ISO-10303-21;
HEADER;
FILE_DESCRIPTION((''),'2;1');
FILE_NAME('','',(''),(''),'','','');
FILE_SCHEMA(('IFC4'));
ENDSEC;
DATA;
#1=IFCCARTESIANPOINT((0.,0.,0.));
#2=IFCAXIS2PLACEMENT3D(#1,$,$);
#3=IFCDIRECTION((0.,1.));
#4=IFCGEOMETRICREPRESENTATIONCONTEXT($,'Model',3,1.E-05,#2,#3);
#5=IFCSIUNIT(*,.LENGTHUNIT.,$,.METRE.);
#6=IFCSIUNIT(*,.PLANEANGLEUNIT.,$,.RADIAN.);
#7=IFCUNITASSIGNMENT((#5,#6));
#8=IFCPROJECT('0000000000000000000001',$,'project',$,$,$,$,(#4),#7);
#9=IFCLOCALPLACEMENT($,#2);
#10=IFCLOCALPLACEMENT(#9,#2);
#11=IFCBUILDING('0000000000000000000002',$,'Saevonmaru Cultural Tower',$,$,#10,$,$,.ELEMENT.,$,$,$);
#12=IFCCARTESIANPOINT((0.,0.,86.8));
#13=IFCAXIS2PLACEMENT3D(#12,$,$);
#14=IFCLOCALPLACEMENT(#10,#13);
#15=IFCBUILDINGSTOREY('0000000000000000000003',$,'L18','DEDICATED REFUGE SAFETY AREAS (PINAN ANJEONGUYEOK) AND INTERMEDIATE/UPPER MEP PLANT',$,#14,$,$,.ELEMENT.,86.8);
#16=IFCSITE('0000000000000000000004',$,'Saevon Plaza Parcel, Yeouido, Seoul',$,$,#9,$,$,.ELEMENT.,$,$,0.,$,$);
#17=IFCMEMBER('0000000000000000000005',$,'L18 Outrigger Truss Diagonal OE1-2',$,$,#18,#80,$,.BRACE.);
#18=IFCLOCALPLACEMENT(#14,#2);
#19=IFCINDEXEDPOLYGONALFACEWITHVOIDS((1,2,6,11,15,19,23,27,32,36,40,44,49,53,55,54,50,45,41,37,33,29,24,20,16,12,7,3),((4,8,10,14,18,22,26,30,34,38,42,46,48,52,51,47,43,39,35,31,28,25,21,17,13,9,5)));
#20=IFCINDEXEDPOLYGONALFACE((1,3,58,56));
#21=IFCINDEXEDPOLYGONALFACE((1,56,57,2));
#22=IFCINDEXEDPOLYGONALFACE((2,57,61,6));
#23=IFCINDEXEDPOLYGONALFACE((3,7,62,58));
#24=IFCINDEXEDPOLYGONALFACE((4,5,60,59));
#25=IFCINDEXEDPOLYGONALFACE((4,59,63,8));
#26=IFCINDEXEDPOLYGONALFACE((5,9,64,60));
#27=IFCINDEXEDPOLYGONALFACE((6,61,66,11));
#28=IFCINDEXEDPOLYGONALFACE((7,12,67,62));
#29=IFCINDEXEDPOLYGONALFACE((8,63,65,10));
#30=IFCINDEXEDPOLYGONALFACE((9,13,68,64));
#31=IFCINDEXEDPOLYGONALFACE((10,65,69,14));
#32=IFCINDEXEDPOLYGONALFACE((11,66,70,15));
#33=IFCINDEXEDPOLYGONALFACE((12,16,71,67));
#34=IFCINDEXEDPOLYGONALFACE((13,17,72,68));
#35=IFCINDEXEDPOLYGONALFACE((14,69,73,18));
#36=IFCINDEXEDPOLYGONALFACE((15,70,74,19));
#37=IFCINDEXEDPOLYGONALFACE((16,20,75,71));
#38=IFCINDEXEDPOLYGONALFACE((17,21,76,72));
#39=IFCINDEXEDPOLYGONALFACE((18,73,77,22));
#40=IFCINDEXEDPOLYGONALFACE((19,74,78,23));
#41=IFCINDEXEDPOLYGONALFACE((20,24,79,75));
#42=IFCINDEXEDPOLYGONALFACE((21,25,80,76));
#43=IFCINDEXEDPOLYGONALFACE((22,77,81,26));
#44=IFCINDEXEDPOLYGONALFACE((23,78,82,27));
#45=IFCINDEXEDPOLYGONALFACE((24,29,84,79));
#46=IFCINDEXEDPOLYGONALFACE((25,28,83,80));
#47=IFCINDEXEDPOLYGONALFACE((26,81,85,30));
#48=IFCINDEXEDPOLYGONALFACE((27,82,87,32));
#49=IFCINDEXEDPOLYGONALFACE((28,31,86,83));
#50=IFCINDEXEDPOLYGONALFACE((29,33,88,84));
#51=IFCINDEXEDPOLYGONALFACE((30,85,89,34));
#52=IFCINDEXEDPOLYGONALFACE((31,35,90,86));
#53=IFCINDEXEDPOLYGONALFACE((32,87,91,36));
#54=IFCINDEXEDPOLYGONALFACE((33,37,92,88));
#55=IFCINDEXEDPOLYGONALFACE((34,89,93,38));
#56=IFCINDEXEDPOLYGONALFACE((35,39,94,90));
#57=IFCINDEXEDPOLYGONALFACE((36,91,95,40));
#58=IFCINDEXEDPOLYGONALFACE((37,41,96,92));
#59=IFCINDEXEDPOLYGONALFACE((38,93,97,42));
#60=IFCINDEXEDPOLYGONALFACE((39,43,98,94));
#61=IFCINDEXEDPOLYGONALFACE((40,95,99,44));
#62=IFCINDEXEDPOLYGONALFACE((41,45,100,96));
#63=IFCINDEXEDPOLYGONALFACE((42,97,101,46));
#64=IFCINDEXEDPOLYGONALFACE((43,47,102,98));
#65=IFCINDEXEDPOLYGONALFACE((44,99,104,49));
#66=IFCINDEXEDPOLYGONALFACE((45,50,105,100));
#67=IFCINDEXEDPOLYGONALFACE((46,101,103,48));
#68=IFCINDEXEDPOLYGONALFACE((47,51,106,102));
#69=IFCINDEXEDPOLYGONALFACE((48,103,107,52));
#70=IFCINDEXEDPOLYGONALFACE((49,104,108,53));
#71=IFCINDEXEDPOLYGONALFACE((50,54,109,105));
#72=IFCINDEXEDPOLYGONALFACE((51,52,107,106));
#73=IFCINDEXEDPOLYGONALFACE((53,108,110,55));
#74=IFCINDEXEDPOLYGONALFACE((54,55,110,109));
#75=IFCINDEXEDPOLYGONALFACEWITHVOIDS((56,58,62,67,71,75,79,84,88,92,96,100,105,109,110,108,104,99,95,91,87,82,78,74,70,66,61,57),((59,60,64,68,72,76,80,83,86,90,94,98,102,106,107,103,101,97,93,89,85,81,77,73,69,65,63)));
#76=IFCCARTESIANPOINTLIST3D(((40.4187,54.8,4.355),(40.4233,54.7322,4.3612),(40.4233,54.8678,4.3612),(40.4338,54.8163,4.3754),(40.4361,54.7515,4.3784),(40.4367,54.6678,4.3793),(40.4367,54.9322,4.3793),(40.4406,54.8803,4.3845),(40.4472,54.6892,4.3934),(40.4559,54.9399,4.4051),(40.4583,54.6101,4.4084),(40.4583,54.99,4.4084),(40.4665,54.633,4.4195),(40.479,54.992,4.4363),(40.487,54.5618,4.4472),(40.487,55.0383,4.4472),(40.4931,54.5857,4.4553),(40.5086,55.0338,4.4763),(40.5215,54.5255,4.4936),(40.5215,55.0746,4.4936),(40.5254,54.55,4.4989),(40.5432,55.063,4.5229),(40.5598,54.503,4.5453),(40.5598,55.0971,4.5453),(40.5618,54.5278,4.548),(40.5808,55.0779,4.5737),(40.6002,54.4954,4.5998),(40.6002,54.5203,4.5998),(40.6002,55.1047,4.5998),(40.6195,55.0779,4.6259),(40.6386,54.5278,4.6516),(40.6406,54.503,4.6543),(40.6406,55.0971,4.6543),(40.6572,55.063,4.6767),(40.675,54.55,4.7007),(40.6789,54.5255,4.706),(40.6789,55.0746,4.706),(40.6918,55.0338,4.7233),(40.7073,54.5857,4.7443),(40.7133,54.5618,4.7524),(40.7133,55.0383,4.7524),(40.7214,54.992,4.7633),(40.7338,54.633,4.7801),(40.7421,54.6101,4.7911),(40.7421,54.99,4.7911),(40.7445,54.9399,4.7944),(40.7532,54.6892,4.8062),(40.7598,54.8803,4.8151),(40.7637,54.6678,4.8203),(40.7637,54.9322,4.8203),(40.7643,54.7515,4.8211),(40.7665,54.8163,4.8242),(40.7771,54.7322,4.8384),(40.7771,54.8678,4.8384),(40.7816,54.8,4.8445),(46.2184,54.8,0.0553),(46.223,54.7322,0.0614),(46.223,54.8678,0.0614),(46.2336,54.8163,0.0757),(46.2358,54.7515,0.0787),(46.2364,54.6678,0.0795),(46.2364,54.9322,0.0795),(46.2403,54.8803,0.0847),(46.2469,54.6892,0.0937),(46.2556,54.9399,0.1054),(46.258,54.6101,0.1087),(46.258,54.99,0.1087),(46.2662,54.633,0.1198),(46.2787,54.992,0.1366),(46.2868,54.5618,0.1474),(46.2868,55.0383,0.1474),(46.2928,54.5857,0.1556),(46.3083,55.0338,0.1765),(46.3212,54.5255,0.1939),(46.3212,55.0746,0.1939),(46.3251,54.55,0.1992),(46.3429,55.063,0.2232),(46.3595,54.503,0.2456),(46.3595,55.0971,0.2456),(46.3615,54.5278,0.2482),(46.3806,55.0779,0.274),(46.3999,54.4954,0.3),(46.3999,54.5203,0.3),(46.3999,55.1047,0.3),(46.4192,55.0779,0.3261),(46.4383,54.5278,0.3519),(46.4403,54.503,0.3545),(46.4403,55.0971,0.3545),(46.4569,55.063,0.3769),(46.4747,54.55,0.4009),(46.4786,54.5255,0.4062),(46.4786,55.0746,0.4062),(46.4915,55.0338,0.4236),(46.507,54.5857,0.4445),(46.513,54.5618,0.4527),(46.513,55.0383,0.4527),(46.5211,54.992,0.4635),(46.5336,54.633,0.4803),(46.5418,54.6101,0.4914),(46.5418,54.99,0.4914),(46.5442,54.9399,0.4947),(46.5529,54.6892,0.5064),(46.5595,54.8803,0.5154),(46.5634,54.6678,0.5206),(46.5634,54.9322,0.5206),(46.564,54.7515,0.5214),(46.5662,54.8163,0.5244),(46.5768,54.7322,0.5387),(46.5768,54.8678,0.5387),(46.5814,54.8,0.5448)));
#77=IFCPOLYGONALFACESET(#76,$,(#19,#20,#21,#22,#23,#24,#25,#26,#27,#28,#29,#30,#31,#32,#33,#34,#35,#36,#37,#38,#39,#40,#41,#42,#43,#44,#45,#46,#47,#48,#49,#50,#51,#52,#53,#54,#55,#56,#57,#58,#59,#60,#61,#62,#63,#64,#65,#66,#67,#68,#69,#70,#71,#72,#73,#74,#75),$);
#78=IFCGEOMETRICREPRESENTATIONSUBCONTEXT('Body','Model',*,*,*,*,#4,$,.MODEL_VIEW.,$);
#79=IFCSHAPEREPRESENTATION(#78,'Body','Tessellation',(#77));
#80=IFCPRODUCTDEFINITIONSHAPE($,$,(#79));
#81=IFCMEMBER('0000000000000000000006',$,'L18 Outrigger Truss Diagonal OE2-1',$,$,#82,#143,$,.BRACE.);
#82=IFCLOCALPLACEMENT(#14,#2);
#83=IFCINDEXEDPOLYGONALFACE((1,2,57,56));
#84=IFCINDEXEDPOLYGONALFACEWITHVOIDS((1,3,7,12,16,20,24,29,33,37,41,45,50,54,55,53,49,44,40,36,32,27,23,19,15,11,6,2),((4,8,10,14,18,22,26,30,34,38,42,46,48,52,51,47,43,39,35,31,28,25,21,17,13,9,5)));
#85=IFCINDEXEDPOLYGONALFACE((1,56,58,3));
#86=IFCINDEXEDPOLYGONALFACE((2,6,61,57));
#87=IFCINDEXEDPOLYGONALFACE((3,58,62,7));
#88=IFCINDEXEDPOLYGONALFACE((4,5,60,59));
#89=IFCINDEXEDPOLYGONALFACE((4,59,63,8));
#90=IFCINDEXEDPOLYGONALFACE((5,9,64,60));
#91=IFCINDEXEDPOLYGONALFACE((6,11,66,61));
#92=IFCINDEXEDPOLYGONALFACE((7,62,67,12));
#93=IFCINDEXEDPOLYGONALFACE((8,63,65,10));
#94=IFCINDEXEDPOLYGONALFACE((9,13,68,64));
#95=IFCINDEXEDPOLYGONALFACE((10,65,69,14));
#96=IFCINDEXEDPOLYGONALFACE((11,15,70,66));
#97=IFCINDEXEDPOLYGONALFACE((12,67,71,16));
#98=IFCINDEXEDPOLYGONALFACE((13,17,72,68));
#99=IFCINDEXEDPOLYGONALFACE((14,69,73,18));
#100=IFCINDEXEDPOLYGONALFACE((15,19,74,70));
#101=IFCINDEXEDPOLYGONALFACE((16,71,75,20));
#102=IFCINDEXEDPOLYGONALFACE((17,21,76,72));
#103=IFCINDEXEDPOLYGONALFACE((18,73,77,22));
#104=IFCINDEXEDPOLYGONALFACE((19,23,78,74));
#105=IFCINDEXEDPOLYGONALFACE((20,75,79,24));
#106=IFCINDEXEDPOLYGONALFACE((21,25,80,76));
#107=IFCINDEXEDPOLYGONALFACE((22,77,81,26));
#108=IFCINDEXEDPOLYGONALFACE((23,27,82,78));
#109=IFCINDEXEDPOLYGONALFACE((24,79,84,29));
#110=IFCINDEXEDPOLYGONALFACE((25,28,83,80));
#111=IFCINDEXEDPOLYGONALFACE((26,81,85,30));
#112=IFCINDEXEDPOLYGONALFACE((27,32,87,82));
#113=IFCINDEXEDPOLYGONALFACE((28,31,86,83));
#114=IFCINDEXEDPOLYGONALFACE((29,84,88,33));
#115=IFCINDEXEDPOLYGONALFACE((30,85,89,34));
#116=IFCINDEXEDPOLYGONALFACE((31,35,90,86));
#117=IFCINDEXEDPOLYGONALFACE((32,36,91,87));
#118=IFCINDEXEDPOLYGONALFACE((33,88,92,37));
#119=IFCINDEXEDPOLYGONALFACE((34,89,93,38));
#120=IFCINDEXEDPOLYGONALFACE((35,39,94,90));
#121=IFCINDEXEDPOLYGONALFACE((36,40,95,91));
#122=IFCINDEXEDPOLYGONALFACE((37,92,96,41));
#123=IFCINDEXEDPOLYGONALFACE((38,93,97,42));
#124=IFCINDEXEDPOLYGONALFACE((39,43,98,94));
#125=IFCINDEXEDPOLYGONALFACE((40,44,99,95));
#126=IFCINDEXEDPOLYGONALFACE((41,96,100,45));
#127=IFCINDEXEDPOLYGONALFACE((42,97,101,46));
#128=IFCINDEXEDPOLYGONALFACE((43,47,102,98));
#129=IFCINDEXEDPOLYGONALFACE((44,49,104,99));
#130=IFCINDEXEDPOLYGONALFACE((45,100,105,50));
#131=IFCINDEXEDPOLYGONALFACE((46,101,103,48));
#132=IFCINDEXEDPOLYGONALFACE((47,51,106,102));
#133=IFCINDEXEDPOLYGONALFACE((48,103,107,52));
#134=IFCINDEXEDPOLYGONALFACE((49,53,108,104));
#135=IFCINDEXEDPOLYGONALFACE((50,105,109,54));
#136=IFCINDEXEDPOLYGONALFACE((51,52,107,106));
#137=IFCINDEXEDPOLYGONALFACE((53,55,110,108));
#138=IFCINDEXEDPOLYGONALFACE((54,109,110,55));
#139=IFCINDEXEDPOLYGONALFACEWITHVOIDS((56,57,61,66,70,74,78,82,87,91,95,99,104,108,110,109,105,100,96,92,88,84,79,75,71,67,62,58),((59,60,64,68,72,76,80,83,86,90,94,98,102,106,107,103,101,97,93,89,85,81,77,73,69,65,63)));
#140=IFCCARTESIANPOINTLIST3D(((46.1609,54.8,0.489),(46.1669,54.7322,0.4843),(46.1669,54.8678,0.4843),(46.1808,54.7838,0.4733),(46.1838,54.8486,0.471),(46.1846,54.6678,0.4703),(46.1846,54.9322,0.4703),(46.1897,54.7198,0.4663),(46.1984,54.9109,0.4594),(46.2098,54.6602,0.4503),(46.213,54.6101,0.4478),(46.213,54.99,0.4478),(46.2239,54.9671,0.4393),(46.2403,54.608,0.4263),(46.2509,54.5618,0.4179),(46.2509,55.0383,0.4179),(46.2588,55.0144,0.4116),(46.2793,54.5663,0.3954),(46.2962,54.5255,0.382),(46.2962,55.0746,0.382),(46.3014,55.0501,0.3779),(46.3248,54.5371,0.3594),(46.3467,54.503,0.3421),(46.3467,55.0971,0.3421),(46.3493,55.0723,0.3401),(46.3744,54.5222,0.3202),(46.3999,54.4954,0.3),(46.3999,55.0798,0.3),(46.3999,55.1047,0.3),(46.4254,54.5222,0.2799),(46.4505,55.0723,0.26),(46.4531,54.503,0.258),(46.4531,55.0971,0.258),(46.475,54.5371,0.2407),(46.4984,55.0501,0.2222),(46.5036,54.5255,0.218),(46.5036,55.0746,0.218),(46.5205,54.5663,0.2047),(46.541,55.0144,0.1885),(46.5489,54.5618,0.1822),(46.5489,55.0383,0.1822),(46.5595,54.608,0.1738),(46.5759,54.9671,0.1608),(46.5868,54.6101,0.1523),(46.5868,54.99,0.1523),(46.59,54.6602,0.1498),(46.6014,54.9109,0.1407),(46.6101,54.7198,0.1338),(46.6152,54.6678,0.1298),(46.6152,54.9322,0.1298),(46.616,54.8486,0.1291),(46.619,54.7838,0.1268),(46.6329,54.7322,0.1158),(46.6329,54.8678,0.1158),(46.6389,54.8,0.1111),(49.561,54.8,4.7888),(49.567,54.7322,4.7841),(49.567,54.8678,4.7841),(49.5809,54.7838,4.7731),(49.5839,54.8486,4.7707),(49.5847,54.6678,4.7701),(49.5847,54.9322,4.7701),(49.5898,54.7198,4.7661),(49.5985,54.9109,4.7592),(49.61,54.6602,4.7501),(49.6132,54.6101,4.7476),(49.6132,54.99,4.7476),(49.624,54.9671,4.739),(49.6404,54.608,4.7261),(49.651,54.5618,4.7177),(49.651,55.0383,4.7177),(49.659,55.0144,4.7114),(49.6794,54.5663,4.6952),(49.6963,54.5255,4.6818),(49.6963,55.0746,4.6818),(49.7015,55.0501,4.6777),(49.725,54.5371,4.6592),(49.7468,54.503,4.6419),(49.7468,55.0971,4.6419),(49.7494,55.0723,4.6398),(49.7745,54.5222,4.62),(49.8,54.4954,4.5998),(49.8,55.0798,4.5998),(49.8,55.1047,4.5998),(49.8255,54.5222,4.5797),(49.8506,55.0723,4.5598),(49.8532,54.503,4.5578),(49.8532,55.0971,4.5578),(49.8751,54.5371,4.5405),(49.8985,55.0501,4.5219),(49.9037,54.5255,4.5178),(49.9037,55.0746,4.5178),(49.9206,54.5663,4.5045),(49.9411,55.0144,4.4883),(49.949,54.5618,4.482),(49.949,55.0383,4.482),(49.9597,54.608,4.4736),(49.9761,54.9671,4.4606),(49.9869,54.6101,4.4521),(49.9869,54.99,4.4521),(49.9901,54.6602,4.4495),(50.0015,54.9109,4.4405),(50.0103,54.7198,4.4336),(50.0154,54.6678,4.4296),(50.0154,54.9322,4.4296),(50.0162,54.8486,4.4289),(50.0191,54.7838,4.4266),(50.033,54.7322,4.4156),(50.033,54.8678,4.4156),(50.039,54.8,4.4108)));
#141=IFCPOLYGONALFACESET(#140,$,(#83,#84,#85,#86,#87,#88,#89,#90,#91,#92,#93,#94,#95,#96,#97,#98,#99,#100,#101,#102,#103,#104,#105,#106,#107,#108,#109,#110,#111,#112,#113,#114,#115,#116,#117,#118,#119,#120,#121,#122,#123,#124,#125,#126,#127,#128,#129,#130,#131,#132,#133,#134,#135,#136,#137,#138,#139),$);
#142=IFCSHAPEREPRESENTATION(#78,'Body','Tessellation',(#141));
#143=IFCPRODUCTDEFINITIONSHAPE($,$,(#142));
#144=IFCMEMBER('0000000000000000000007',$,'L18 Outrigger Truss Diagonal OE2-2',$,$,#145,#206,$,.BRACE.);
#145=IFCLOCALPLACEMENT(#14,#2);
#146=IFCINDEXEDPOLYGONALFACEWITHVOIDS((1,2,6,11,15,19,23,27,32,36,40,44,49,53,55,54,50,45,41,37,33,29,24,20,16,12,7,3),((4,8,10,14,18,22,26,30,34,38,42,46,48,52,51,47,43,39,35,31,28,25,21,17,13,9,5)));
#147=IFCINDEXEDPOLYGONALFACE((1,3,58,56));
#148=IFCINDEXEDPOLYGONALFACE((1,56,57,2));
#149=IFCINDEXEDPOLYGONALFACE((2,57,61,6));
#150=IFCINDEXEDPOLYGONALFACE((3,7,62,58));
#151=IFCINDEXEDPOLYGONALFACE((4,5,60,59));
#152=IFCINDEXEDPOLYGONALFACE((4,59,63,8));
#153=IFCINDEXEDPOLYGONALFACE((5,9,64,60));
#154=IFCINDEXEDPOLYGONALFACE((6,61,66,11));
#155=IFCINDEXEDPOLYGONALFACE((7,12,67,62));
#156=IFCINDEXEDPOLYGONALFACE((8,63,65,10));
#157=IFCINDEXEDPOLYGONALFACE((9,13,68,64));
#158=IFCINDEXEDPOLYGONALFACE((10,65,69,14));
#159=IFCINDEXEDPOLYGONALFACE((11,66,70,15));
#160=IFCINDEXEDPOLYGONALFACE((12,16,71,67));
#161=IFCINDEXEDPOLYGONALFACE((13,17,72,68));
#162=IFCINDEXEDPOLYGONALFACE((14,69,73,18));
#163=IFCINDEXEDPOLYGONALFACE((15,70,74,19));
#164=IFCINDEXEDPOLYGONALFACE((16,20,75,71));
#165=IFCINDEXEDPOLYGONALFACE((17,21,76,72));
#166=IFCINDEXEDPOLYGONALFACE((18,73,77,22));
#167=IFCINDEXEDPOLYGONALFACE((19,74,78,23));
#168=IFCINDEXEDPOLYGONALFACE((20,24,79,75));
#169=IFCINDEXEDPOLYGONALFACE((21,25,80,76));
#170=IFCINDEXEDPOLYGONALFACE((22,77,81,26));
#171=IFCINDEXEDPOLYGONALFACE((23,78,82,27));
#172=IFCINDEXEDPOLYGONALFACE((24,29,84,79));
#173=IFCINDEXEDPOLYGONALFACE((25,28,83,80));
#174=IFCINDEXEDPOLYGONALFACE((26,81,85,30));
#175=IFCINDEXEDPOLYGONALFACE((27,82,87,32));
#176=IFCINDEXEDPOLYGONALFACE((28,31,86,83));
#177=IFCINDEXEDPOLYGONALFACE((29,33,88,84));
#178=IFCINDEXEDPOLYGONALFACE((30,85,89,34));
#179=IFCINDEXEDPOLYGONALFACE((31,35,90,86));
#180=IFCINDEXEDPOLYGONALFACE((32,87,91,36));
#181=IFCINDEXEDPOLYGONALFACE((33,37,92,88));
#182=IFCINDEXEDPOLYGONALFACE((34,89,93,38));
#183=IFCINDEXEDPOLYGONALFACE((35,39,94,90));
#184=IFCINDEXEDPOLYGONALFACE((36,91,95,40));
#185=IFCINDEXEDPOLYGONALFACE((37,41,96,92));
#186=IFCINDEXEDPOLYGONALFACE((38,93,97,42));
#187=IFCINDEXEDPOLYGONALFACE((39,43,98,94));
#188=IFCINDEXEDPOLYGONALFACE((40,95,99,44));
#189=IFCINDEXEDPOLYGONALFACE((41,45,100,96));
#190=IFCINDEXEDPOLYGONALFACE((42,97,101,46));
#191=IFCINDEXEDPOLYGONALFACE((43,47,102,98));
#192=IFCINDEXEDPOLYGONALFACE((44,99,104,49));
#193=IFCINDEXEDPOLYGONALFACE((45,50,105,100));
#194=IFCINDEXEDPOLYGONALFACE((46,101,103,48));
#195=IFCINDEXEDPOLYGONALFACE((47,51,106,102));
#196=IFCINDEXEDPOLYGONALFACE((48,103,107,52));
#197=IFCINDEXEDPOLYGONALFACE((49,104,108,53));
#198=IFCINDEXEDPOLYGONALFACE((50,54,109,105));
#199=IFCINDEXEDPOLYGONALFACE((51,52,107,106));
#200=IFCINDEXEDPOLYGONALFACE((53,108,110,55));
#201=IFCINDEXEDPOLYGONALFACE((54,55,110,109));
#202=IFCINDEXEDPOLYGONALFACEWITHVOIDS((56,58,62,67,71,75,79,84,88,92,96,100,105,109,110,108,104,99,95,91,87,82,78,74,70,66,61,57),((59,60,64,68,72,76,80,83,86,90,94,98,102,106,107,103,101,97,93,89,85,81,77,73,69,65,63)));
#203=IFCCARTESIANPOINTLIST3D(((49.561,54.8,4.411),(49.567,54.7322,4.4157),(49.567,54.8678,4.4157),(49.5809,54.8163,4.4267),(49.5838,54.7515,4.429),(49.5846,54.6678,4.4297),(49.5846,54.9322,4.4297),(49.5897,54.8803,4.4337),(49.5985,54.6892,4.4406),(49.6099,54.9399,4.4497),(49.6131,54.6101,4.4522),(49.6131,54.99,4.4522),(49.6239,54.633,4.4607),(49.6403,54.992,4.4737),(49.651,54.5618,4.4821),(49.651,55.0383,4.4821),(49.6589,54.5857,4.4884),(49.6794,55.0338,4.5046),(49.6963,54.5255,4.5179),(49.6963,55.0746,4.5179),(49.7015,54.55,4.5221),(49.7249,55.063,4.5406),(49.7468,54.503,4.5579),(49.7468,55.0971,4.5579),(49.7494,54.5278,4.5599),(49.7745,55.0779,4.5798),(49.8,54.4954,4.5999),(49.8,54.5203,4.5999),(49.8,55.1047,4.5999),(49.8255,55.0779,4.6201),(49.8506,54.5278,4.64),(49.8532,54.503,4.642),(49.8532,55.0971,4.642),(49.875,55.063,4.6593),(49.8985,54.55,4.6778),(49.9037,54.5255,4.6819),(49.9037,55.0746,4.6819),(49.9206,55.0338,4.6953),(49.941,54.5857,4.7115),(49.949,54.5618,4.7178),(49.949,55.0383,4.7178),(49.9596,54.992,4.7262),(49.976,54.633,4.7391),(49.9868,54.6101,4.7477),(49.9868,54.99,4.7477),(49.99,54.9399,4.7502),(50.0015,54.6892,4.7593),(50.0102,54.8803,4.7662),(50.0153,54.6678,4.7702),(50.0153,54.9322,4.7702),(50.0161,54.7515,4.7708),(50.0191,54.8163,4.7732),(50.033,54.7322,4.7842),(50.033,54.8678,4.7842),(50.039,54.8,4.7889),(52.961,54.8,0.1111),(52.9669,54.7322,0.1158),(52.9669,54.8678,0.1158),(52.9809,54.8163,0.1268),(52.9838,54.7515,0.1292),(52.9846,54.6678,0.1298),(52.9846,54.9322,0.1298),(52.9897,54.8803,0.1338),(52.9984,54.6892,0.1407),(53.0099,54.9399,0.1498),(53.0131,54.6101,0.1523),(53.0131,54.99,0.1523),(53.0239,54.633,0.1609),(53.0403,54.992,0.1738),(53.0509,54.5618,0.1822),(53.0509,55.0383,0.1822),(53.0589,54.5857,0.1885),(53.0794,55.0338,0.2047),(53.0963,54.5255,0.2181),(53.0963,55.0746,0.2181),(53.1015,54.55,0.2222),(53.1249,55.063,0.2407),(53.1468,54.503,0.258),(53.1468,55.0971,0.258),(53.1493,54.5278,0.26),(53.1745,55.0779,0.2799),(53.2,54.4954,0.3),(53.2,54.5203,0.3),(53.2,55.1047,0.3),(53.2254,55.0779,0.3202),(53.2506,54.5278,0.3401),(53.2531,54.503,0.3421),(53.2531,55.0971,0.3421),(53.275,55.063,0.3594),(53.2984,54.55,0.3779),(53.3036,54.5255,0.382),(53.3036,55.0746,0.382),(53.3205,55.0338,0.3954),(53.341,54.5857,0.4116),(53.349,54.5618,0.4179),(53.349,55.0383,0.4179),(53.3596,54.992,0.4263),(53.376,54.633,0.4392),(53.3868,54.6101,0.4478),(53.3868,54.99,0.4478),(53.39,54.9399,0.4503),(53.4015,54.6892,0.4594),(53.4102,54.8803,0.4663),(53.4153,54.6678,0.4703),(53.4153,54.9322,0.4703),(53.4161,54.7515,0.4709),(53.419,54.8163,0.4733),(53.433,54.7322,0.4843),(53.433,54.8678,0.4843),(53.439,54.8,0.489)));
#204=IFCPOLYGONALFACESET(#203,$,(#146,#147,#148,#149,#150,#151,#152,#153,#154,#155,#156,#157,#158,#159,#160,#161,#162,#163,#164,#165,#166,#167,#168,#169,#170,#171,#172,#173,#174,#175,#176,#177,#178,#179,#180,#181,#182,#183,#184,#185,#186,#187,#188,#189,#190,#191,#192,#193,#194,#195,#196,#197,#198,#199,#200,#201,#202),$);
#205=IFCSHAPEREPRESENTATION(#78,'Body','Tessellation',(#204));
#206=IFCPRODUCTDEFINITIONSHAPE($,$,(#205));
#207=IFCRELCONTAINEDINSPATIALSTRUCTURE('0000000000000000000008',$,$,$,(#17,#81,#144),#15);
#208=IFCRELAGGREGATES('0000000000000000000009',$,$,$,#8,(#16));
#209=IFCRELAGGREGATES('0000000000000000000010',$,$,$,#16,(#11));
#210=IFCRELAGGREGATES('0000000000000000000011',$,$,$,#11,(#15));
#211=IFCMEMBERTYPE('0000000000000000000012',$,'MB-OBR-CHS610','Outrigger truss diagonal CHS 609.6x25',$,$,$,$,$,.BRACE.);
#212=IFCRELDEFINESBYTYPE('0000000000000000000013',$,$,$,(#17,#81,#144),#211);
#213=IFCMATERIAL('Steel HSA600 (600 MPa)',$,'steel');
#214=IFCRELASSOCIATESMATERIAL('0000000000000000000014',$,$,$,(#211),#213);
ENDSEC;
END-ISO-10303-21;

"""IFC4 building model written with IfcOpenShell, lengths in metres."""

from ifc_helpers import new_model, si_unit, direction, frame, origin, origin_2d, place, context, subcontext, project, spatial, hollow_circle, extrude, material, material_profile, profile_set, type_object, element, save


model = new_model("IFC4")

# Units and contexts
model_context = context("Model", 3, precision=1e-05, world=origin(), true_north=direction((0.0, 1.0)))
body_context = subcontext(model_context, "Body", "Model", "MODEL_VIEW")
ifc_project = project(units=[si_unit("LENGTHUNIT", "METRE"), si_unit("PLANEANGLEUNIT", "RADIAN")], contexts=[model_context])

# Site, building, storey
site_placement = place(None, origin())
site = spatial("IfcSite", under=ifc_project, at=site_placement, Name="Saevon Plaza Parcel, Yeouido, Seoul", CompositionType="ELEMENT", RefElevation=0.0)
building_placement = place(site_placement, origin())
building = spatial("IfcBuilding", under=site, at=building_placement, Name="Saevonmaru Cultural Tower", CompositionType="ELEMENT")
storey_placement = place(building_placement, frame((0.0, 0.0, 86.8)))
storey = spatial("IfcBuildingStorey", under=building, at=storey_placement, Name="L18", Description="DEDICATED REFUGE SAFETY AREAS (PINAN ANJEONGUYEOK) AND INTERMEDIATE/UPPER MEP PLANT", CompositionType="ELEMENT", Elevation=86.8)

# Shared definitions
ifc_material_1 = material(Name="Steel HSA600 (600 MPa)", Category="steel")

# Members
ifc_material_profile_1 = material_profile(ifc_material_1, hollow_circle(Radius=0.3047, WallThickness=0.0249, at=origin_2d()), Name="CHS-609.6x25")
ifc_profile_set_1 = profile_set([ifc_material_profile_1], Name="Steel HSA600 (600 MPa)")
member_type_1 = type_object("IfcMemberType", Name="MB-OBR-CHS610", Description="Outrigger truss diagonal CHS 609.6x25", PredefinedType="BRACE", material=ifc_profile_set_1)
member_1_placement = place(storey_placement, frame((46.3999, 54.8, 0.3), z_axis=(-0.803315, 0.0, 0.595554), x_axis=(0.0, -1.0, 0.0)))
element("IfcMember", 1, at=member_1_placement, inside=storey, type_object=member_type_1, Name="L18 Outrigger Truss Diagonal OE1-2", PredefinedType="BRACE", context=body_context, shape_type="SweptSolid", body=[
    extrude(hollow_circle(Radius=0.3047, WallThickness=0.0249, at=origin_2d()), origin(), (0.0, 0.0, 1.0), 7.2197),
])
for number, where, z_axis, x_axis, name in (
    (2, (46.3999, 54.8, 0.3), (0.620269, 0.0, 0.784389), (0.0, 1.0, 0.0), "L18 Outrigger Truss Diagonal OE2-1"),
    (3, (53.2, 54.8, 0.3), (-0.620242, 0.0, 0.784411), (0.0, -1.0, 0.0), "L18 Outrigger Truss Diagonal OE2-2"),
):
    element("IfcMember", number, at=place(storey_placement, frame(where, z_axis=z_axis, x_axis=x_axis)), inside=storey, type_object=member_type_1, Name=name, PredefinedType="BRACE", context=body_context, shape_type="SweptSolid", body=[
        extrude(hollow_circle(Radius=0.3047, WallThickness=0.0249, at=origin_2d()), origin(), (0.0, 0.0, 1.0), 5.4817),
    ])

save(model, "model.ifc")
